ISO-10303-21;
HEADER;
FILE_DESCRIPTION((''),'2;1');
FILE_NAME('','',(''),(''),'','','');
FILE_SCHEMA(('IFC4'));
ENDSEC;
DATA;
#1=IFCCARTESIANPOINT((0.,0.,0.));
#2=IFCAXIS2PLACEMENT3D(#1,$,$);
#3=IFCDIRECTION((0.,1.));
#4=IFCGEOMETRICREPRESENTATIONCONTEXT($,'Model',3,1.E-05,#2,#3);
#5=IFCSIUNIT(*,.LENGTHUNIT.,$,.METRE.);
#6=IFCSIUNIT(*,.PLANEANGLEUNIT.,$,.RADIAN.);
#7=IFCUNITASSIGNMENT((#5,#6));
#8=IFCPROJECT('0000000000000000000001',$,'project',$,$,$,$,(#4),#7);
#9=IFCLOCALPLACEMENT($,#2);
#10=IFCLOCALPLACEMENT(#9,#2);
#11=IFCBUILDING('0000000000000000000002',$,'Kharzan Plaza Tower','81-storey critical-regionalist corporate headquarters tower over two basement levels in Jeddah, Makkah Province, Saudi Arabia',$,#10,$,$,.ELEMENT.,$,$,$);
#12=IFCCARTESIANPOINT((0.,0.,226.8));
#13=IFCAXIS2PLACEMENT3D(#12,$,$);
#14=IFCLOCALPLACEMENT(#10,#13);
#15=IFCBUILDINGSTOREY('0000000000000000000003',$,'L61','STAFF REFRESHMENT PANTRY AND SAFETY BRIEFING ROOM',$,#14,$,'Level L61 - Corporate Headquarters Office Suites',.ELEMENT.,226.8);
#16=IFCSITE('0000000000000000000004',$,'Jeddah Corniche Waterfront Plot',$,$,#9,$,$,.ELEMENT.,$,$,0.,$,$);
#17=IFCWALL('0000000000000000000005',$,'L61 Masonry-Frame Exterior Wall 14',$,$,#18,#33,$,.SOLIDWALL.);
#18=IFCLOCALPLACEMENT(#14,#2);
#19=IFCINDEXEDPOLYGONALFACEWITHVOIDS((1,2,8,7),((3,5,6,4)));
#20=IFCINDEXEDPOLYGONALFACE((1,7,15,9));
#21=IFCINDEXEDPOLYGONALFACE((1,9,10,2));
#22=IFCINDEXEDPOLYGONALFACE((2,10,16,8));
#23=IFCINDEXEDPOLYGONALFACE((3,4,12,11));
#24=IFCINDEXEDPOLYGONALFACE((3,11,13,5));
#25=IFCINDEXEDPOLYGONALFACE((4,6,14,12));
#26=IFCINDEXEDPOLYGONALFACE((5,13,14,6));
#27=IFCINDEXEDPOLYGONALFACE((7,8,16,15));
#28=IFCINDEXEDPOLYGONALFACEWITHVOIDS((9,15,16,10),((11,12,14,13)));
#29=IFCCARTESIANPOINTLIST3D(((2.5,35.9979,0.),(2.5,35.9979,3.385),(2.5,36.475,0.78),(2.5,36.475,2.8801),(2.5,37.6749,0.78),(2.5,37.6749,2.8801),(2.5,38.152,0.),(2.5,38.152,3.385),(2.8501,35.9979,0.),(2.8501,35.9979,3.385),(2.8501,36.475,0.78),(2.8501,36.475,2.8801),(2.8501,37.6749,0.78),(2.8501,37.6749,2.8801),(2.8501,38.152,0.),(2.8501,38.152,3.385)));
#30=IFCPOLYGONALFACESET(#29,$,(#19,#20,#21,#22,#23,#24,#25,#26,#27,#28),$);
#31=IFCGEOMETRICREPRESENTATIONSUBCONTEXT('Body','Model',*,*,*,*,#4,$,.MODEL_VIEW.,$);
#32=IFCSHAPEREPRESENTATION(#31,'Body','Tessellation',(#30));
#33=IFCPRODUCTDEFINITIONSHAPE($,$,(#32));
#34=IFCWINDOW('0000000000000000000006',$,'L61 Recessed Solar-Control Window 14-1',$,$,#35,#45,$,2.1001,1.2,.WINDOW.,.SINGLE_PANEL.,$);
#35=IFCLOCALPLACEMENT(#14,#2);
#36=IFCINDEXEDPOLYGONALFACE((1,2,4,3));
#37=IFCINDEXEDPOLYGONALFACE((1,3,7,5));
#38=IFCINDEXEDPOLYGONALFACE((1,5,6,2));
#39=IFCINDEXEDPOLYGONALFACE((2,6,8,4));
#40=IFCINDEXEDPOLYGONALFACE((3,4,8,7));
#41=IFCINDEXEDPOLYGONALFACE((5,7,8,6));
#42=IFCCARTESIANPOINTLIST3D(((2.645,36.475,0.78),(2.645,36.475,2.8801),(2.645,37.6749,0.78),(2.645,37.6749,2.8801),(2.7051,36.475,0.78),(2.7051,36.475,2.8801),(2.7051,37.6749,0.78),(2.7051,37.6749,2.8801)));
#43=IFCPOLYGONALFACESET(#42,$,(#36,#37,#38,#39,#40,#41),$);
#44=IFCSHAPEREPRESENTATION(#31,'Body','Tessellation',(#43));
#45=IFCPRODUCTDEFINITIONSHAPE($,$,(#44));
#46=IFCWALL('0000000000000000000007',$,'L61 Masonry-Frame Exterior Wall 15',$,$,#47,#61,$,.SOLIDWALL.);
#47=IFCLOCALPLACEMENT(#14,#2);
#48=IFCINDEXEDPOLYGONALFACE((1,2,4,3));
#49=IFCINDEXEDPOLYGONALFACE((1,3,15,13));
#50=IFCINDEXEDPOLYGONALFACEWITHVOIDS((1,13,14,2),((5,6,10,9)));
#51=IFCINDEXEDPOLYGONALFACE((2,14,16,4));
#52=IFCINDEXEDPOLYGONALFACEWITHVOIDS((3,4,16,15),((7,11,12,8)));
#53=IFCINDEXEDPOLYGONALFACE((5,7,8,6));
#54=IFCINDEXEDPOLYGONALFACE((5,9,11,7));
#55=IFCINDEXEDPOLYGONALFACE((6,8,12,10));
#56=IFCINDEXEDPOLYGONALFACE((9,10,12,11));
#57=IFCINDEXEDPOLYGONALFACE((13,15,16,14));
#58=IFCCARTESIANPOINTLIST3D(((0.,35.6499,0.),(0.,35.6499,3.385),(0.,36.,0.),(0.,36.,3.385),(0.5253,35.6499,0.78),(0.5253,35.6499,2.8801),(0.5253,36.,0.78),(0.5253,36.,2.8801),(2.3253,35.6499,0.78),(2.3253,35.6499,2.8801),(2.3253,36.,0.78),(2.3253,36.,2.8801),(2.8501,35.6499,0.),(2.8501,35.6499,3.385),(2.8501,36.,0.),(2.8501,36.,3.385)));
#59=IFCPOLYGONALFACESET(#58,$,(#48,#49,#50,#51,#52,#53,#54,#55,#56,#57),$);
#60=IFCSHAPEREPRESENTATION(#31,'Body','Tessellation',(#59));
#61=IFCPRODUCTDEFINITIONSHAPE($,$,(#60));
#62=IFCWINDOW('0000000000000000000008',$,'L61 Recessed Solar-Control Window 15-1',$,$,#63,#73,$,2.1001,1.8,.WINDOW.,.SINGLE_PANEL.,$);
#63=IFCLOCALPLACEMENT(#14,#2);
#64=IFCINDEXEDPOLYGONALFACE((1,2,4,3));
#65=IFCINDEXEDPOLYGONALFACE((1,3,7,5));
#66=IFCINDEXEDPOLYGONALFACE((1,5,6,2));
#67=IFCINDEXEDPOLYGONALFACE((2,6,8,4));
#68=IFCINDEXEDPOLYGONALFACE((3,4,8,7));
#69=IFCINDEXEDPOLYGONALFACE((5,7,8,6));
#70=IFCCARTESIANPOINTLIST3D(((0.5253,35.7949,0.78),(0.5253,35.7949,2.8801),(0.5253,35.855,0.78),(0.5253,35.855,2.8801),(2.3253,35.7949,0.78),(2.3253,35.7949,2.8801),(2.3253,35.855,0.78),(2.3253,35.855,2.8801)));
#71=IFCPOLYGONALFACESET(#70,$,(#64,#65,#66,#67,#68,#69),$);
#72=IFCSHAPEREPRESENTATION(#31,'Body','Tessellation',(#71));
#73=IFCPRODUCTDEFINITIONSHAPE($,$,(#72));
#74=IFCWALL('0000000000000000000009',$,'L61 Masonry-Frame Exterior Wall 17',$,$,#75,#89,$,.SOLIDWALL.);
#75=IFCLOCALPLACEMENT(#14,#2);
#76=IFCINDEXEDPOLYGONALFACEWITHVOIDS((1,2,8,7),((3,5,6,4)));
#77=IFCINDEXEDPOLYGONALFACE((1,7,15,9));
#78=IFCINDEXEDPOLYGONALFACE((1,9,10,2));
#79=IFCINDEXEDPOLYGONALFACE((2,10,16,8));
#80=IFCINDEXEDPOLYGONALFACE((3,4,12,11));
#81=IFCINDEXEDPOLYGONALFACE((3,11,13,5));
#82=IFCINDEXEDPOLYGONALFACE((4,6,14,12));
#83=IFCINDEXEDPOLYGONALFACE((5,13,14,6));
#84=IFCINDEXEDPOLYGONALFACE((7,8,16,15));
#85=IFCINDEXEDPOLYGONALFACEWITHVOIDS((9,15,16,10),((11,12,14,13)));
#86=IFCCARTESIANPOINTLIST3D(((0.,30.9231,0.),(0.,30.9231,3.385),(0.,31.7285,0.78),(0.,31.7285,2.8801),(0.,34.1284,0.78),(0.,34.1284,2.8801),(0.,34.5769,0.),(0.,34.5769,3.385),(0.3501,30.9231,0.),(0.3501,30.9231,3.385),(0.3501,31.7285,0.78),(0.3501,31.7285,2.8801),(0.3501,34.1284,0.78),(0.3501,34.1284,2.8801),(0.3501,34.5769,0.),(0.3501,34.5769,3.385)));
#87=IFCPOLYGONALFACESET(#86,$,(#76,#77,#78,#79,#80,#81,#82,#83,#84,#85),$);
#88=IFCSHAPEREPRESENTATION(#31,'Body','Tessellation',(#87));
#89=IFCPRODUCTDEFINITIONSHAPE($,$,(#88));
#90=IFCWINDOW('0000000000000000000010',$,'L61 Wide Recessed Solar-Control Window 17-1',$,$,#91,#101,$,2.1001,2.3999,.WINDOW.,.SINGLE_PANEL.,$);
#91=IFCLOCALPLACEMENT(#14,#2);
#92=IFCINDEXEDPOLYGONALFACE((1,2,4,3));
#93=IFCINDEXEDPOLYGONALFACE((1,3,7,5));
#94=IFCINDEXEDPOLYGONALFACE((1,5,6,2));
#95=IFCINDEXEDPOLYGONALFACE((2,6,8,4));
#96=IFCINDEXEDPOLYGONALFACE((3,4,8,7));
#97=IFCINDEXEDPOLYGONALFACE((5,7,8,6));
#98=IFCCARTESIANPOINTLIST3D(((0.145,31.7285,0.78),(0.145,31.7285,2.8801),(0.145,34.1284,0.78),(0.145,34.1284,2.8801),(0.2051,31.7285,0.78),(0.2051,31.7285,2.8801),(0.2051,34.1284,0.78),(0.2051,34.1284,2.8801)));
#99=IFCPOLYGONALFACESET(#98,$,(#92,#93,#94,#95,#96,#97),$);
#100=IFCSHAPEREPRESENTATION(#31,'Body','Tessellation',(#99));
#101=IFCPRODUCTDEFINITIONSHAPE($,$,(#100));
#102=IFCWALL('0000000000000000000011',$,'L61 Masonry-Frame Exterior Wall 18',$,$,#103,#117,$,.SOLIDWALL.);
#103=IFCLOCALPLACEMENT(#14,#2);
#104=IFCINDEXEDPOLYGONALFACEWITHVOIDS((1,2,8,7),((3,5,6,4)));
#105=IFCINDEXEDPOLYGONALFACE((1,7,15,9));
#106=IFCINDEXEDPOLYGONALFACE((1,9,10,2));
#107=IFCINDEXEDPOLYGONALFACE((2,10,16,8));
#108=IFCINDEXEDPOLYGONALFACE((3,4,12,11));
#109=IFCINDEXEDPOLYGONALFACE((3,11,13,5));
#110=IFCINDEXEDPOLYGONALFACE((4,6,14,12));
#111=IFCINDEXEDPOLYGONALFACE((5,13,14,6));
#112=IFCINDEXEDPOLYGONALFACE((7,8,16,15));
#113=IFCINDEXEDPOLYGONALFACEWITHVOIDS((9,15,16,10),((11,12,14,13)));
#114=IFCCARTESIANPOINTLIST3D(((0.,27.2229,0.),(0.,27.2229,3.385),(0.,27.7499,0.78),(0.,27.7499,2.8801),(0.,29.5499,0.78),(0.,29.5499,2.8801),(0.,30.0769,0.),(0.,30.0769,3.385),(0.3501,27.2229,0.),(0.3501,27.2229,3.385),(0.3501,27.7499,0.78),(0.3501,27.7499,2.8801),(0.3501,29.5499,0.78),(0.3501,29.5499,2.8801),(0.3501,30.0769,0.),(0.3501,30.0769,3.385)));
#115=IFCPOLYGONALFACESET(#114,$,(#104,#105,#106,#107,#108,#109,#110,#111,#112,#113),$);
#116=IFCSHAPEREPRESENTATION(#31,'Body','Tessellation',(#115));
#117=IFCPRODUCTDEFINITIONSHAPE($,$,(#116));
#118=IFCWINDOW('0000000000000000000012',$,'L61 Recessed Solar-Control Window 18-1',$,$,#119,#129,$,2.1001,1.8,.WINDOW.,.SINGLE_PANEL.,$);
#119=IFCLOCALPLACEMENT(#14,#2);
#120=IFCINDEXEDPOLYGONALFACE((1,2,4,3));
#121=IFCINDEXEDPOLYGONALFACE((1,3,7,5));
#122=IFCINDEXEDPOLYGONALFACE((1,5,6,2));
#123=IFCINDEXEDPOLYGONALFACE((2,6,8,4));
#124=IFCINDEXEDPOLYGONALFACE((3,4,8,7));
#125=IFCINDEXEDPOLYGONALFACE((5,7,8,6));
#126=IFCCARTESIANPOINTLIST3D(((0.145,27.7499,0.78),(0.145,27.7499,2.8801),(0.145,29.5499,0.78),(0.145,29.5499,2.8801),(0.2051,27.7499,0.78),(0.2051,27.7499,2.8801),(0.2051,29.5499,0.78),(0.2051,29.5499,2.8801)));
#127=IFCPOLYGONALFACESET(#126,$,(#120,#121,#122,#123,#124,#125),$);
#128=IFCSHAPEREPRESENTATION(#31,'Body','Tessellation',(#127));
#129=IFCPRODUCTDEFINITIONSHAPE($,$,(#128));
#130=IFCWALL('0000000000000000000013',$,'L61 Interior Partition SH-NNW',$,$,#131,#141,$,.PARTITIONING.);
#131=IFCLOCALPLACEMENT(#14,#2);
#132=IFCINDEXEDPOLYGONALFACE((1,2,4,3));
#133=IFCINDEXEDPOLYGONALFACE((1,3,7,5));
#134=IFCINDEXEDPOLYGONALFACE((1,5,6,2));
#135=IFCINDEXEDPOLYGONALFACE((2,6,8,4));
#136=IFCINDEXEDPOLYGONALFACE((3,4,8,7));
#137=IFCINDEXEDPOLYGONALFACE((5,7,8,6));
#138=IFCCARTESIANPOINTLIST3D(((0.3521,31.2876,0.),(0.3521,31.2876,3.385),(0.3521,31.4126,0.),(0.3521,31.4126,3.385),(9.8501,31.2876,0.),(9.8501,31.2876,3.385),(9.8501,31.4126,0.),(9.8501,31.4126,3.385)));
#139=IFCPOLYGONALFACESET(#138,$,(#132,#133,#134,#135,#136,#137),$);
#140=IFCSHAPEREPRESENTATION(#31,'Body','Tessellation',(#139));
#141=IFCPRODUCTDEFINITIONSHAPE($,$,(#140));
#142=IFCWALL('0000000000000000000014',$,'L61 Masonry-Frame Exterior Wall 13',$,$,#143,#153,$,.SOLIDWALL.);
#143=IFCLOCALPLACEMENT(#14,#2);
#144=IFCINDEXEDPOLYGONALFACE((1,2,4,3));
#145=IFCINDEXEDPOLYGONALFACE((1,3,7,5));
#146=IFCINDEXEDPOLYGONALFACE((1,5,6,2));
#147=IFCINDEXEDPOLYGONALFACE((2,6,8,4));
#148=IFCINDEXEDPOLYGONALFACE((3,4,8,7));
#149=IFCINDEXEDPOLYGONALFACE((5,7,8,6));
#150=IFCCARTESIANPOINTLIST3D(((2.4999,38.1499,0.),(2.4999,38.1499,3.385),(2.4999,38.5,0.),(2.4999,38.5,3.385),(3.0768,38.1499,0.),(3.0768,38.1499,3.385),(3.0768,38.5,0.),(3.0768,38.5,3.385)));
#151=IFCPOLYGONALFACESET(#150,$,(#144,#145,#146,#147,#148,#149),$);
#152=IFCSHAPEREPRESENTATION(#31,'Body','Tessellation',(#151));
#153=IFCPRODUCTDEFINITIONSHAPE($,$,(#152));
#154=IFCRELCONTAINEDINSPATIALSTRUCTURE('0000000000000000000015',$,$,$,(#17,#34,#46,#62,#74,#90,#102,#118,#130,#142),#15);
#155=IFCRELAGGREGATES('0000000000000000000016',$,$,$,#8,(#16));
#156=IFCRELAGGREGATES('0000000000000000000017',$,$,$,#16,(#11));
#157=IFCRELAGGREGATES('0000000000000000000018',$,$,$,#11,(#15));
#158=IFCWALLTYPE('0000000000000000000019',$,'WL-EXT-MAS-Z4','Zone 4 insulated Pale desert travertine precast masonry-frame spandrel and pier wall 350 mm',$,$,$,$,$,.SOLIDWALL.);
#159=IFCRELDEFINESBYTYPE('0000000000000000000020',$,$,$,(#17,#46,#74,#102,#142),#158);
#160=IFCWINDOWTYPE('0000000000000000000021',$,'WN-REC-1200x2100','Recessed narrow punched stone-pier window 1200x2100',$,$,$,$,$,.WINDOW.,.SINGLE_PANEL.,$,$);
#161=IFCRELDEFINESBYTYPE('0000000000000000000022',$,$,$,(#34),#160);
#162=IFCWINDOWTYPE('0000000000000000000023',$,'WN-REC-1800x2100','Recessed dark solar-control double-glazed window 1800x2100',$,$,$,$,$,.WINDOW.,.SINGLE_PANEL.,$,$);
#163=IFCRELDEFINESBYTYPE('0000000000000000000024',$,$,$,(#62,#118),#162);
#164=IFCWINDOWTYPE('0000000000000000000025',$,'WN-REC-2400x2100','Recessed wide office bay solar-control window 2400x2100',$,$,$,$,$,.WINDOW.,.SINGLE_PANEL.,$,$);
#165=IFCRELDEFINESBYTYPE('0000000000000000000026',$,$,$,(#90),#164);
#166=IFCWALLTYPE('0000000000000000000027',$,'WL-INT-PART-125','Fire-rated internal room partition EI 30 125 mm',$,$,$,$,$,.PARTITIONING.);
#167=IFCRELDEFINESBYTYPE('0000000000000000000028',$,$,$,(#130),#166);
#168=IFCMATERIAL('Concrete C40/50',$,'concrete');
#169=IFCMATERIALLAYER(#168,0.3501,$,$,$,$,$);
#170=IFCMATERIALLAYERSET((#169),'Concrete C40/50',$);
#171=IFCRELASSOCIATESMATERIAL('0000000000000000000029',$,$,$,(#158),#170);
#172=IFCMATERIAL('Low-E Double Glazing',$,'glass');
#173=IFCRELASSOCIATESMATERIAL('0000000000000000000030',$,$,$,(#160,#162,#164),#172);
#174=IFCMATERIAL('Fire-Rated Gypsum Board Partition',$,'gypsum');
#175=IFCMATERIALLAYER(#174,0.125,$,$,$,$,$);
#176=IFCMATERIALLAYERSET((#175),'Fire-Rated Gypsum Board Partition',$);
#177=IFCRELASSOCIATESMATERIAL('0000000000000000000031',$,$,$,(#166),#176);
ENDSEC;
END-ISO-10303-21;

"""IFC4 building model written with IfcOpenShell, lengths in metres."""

from ifc_helpers import new_model, si_unit, direction, frame, frame_2d, origin, place, context, subcontext, project, spatial, rectangle, extrude, source, transform, mapped, material, layer, layer_set, type_object, element, fill, save


model = new_model("IFC4")

# Units and contexts
model_context = context("Model", 3, precision=1e-05, world=origin(), true_north=direction((0.0, 1.0)))
body_context = subcontext(model_context, "Body", "Model", "MODEL_VIEW")
ifc_project = project(units=[si_unit("LENGTHUNIT", "METRE"), si_unit("PLANEANGLEUNIT", "RADIAN")], contexts=[model_context])

# Site, building, storey
site_placement = place(None, origin())
site = spatial("IfcSite", under=ifc_project, at=site_placement, Name="Jeddah Corniche Waterfront Plot", CompositionType="ELEMENT", RefElevation=0.0)
building_placement = place(site_placement, origin())
building = spatial("IfcBuilding", under=site, at=building_placement, Name="Kharzan Plaza Tower", Description="81-storey critical-regionalist corporate headquarters tower over two basement levels in Jeddah, Makkah Province, Saudi Arabia", CompositionType="ELEMENT")
storey_placement = place(building_placement, frame((0.0, 0.0, 226.8)))
storey = spatial("IfcBuildingStorey", under=building, at=storey_placement, Name="L61", Description="STAFF REFRESHMENT PANTRY AND SAFETY BRIEFING ROOM", LongName="Level L61 - Corporate Headquarters Office Suites", CompositionType="ELEMENT", Elevation=226.8)

# Walls, openings, windows
ifc_material_1 = material(Name="Concrete C40/50", Category="concrete")
ifc_layer_1 = layer(ifc_material_1, 0.3501)
ifc_layer_set_1 = layer_set([ifc_layer_1], Name="Concrete C40/50")
wall_type_1 = type_object("IfcWallType", Name="WL-EXT-MAS-Z4", Description="Zone 4 insulated Pale desert travertine precast masonry-frame spandrel and pier wall 350 mm", PredefinedType="SOLIDWALL", material=ifc_layer_set_1)
wall_1_placement = place(storey_placement, frame((2.675, 38.1521, 0.0), z_axis=(0.0, 0.0, 1.0), x_axis=(0.0, -1.0, 0.0)))
wall_1 = element("IfcWall", 1, at=wall_1_placement, inside=storey, type_object=wall_type_1, Name="L61 Masonry-Frame Exterior Wall 14", PredefinedType="SOLIDWALL", context=body_context, shape_type="SweptSolid", body=[
    extrude(rectangle(XDim=2.1541, YDim=0.3501, at=frame_2d((1.0771, 0.0))), origin(), (0.0, 0.0, 1.0), 3.385),
])
opening_1_placement = place(wall_1_placement, frame((0.4771, 0.0, 0.78)))
opening_1 = element("IfcOpeningElement", 2, at=opening_1_placement, cuts=wall_1, PredefinedType="OPENING", context=body_context, shape_type="SweptSolid", body=[
    extrude(rectangle(XDim=1.2, YDim=2.1001, at=frame_2d((0.6001, 1.05))), frame((0.0, 0.1851, 0.0), z_axis=(0.0, -1.0, 0.0), x_axis=(1.0, 0.0, 0.0)), (0.0, 0.0, 1.0), 0.3701),
])
ifc_material_2 = material(Name="Low-E Double Glazing", Category="glass")
window_type_1 = type_object("IfcWindowType", Name="WN-REC-1200x2100", Description="Recessed narrow punched stone-pier window 1200x2100", PartitioningType="SINGLE_PANEL", PredefinedType="WINDOW", material=ifc_material_2)
shared_shape_1 = source(origin(), body_context, "Body", "SweptSolid", [
    extrude(rectangle(XDim=1.2, YDim=2.1001, at=frame_2d((0.6001, 1.05))), frame((0.0, 0.03, 0.0), z_axis=(0.0, -1.0, 0.0), x_axis=(1.0, 0.0, 0.0)), (0.0, 0.0, 1.0), 0.0601),
])
window_1_placement = place(opening_1_placement, origin())
window_1 = element("IfcWindow", 3, at=window_1_placement, inside=storey, type_object=window_type_1, Name="L61 Recessed Solar-Control Window 14-1", OverallHeight=2.1001, OverallWidth=1.2, PartitioningType="SINGLE_PANEL", PredefinedType="WINDOW", context=body_context, shape_type="MappedRepresentation", body=[
    mapped(shared_shape_1, transform((0.0, 0.0, 0.0), x_axis=(1.0, 0.0, 0.0), y_axis=(0.0, 1.0, 0.0), z_axis=(0.0, 0.0, 1.0))),
])
fill(opening_1, window_1)
wall_2_placement = place(storey_placement, frame((2.8501, 35.825, 0.0), z_axis=(0.0, 0.0, 1.0), x_axis=(-1.0, 0.0, 0.0)))
wall_2 = element("IfcWall", 4, at=wall_2_placement, inside=storey, type_object=wall_type_1, Name="L61 Masonry-Frame Exterior Wall 15", PredefinedType="SOLIDWALL", context=body_context, shape_type="SweptSolid", body=[
    extrude(rectangle(XDim=2.8501, YDim=0.3501, at=frame_2d((1.425, 0.0))), origin(), (0.0, 0.0, 1.0), 3.385),
])
opening_2_placement = place(wall_2_placement, frame((0.5249, 0.0, 0.78)))
opening_2 = element("IfcOpeningElement", 5, at=opening_2_placement, cuts=wall_2, PredefinedType="OPENING", context=body_context, shape_type="SweptSolid", body=[
    extrude(rectangle(XDim=1.8, YDim=2.1001, at=frame_2d((0.8999, 1.05))), frame((0.0, 0.1851, 0.0), z_axis=(0.0, -1.0, 0.0), x_axis=(1.0, 0.0, 0.0)), (0.0, 0.0, 1.0), 0.3701),
])
window_type_2 = type_object("IfcWindowType", Name="WN-REC-1800x2100", Description="Recessed dark solar-control double-glazed window 1800x2100", PartitioningType="SINGLE_PANEL", PredefinedType="WINDOW", material=ifc_material_2)
shared_shape_2 = source(origin(), body_context, "Body", "SweptSolid", [
    extrude(rectangle(XDim=1.8, YDim=2.1001, at=frame_2d((0.8999, 1.05))), frame((0.0, 0.03, 0.0), z_axis=(0.0, -1.0, 0.0), x_axis=(1.0, 0.0, 0.0)), (0.0, 0.0, 1.0), 0.0601),
])
window_2_placement = place(opening_2_placement, origin())
window_2 = element("IfcWindow", 6, at=window_2_placement, inside=storey, type_object=window_type_2, Name="L61 Recessed Solar-Control Window 15-1", OverallHeight=2.1001, OverallWidth=1.8, PartitioningType="SINGLE_PANEL", PredefinedType="WINDOW", context=body_context, shape_type="MappedRepresentation", body=[
    mapped(shared_shape_2, transform((0.0, 0.0, 0.0), x_axis=(1.0, 0.0, 0.0), y_axis=(0.0, 1.0, 0.0), z_axis=(0.0, 0.0, 1.0))),
])
fill(opening_2, window_2)
wall_3_placement = place(storey_placement, frame((0.175, 34.5769, 0.0), z_axis=(0.0, 0.0, 1.0), x_axis=(0.0, -1.0, 0.0)))
wall_3 = element("IfcWall", 7, at=wall_3_placement, inside=storey, type_object=wall_type_1, Name="L61 Masonry-Frame Exterior Wall 17", PredefinedType="SOLIDWALL", context=body_context, shape_type="SweptSolid", body=[
    extrude(rectangle(XDim=3.6538, YDim=0.3501, at=frame_2d((1.8269, 0.0))), origin(), (0.0, 0.0, 1.0), 3.385),
])
opening_3_placement = place(wall_3_placement, frame((0.4485, 0.0, 0.78)))
opening_3 = element("IfcOpeningElement", 8, at=opening_3_placement, cuts=wall_3, PredefinedType="OPENING", context=body_context, shape_type="SweptSolid", body=[
    extrude(rectangle(XDim=2.3999, YDim=2.1001, at=frame_2d((1.2, 1.05))), frame((0.0, 0.1851, 0.0), z_axis=(0.0, -1.0, 0.0), x_axis=(1.0, 0.0, 0.0)), (0.0, 0.0, 1.0), 0.3701),
])
window_type_3 = type_object("IfcWindowType", Name="WN-REC-2400x2100", Description="Recessed wide office bay solar-control window 2400x2100", PartitioningType="SINGLE_PANEL", PredefinedType="WINDOW", material=ifc_material_2)
shared_shape_3 = source(origin(), body_context, "Body", "SweptSolid", [
    extrude(rectangle(XDim=2.3999, YDim=2.1001, at=frame_2d((1.2, 1.05))), frame((0.0, 0.03, 0.0), z_axis=(0.0, -1.0, 0.0), x_axis=(1.0, 0.0, 0.0)), (0.0, 0.0, 1.0), 0.0601),
])
window_3_placement = place(opening_3_placement, origin())
window_3 = element("IfcWindow", 9, at=window_3_placement, inside=storey, type_object=window_type_3, Name="L61 Wide Recessed Solar-Control Window 17-1", OverallHeight=2.1001, OverallWidth=2.3999, PartitioningType="SINGLE_PANEL", PredefinedType="WINDOW", context=body_context, shape_type="MappedRepresentation", body=[
    mapped(shared_shape_3, transform((0.0, 0.0, 0.0), x_axis=(1.0, 0.0, 0.0), y_axis=(0.0, 1.0, 0.0), z_axis=(0.0, 0.0, 1.0))),
])
fill(opening_3, window_3)
wall_4_placement = place(storey_placement, frame((0.175, 30.0769, 0.0), z_axis=(0.0, 0.0, 1.0), x_axis=(0.0, -1.0, 0.0)))
wall_4 = element("IfcWall", 10, at=wall_4_placement, inside=storey, type_object=wall_type_1, Name="L61 Masonry-Frame Exterior Wall 18", PredefinedType="SOLIDWALL", context=body_context, shape_type="SweptSolid", body=[
    extrude(rectangle(XDim=2.854, YDim=0.3501, at=frame_2d((1.427, 0.0))), origin(), (0.0, 0.0, 1.0), 3.385),
])
opening_4_placement = place(wall_4_placement, frame((0.5271, 0.0, 0.78)))
opening_4 = element("IfcOpeningElement", 11, at=opening_4_placement, cuts=wall_4, PredefinedType="OPENING", context=body_context, shape_type="SweptSolid", body=[
    extrude(rectangle(XDim=1.8, YDim=2.1001, at=frame_2d((0.8999, 1.05))), frame((0.0, 0.1851, 0.0), z_axis=(0.0, -1.0, 0.0), x_axis=(1.0, 0.0, 0.0)), (0.0, 0.0, 1.0), 0.3701),
])
window_4_placement = place(opening_4_placement, origin())
window_4 = element("IfcWindow", 12, at=window_4_placement, inside=storey, type_object=window_type_2, Name="L61 Recessed Solar-Control Window 18-1", OverallHeight=2.1001, OverallWidth=1.8, PartitioningType="SINGLE_PANEL", PredefinedType="WINDOW", context=body_context, shape_type="MappedRepresentation", body=[
    mapped(shared_shape_2, transform((0.0, 0.0, 0.0), x_axis=(1.0, 0.0, 0.0), y_axis=(0.0, 1.0, 0.0), z_axis=(0.0, 0.0, 1.0))),
])
fill(opening_4, window_4)

# Shared definitions
ifc_material_3 = material(Name="Fire-Rated Gypsum Board Partition", Category="gypsum")
ifc_layer_2 = layer(ifc_material_3, 0.125)
ifc_layer_set_2 = layer_set([ifc_layer_2], Name="Fire-Rated Gypsum Board Partition")
wall_type_2 = type_object("IfcWallType", Name="WL-INT-PART-125", Description="Fire-rated internal room partition EI 30 125 mm", PredefinedType="PARTITIONING", material=ifc_layer_set_2)

# Walls
shared_shape_4 = source(origin(), body_context, "Body", "SweptSolid", [
    extrude(rectangle(XDim=9.498, YDim=0.125, at=frame_2d((4.749, 0.0))), origin(), (0.0, 0.0, 1.0), 3.385),
])
wall_5_placement = place(storey_placement, frame((0.3521, 31.3501, 0.0), z_axis=(0.0, 0.0, 1.0), x_axis=(1.0, 0.0, 0.0)))
element("IfcWall", 13, at=wall_5_placement, inside=storey, type_object=wall_type_2, Name="L61 Interior Partition SH-NNW", PredefinedType="PARTITIONING", context=body_context, shape_type="MappedRepresentation", body=[
    mapped(shared_shape_4, transform((0.0, 0.0, 0.0), x_axis=(1.0, 0.0, 0.0), y_axis=(0.0, 1.0, 0.0), z_axis=(0.0, 0.0, 1.0))),
])
shared_shape_5 = source(origin(), body_context, "Body", "SweptSolid", [
    extrude(rectangle(XDim=0.5769, YDim=0.3501, at=frame_2d((0.2886, 0.0))), origin(), (0.0, 0.0, 1.0), 3.385),
])
wall_6_placement = place(storey_placement, frame((3.0769, 38.325, 0.0), z_axis=(0.0, 0.0, 1.0), x_axis=(-1.0, 0.0, 0.0)))
element("IfcWall", 14, at=wall_6_placement, inside=storey, type_object=wall_type_1, Name="L61 Masonry-Frame Exterior Wall 13", PredefinedType="SOLIDWALL", context=body_context, shape_type="MappedRepresentation", body=[
    mapped(shared_shape_5, transform((0.0, 0.0, 0.0), x_axis=(1.0, 0.0, 0.0), y_axis=(0.0, 1.0, 0.0), z_axis=(0.0, 0.0, 1.0))),
])

save(model, "model.ifc")
